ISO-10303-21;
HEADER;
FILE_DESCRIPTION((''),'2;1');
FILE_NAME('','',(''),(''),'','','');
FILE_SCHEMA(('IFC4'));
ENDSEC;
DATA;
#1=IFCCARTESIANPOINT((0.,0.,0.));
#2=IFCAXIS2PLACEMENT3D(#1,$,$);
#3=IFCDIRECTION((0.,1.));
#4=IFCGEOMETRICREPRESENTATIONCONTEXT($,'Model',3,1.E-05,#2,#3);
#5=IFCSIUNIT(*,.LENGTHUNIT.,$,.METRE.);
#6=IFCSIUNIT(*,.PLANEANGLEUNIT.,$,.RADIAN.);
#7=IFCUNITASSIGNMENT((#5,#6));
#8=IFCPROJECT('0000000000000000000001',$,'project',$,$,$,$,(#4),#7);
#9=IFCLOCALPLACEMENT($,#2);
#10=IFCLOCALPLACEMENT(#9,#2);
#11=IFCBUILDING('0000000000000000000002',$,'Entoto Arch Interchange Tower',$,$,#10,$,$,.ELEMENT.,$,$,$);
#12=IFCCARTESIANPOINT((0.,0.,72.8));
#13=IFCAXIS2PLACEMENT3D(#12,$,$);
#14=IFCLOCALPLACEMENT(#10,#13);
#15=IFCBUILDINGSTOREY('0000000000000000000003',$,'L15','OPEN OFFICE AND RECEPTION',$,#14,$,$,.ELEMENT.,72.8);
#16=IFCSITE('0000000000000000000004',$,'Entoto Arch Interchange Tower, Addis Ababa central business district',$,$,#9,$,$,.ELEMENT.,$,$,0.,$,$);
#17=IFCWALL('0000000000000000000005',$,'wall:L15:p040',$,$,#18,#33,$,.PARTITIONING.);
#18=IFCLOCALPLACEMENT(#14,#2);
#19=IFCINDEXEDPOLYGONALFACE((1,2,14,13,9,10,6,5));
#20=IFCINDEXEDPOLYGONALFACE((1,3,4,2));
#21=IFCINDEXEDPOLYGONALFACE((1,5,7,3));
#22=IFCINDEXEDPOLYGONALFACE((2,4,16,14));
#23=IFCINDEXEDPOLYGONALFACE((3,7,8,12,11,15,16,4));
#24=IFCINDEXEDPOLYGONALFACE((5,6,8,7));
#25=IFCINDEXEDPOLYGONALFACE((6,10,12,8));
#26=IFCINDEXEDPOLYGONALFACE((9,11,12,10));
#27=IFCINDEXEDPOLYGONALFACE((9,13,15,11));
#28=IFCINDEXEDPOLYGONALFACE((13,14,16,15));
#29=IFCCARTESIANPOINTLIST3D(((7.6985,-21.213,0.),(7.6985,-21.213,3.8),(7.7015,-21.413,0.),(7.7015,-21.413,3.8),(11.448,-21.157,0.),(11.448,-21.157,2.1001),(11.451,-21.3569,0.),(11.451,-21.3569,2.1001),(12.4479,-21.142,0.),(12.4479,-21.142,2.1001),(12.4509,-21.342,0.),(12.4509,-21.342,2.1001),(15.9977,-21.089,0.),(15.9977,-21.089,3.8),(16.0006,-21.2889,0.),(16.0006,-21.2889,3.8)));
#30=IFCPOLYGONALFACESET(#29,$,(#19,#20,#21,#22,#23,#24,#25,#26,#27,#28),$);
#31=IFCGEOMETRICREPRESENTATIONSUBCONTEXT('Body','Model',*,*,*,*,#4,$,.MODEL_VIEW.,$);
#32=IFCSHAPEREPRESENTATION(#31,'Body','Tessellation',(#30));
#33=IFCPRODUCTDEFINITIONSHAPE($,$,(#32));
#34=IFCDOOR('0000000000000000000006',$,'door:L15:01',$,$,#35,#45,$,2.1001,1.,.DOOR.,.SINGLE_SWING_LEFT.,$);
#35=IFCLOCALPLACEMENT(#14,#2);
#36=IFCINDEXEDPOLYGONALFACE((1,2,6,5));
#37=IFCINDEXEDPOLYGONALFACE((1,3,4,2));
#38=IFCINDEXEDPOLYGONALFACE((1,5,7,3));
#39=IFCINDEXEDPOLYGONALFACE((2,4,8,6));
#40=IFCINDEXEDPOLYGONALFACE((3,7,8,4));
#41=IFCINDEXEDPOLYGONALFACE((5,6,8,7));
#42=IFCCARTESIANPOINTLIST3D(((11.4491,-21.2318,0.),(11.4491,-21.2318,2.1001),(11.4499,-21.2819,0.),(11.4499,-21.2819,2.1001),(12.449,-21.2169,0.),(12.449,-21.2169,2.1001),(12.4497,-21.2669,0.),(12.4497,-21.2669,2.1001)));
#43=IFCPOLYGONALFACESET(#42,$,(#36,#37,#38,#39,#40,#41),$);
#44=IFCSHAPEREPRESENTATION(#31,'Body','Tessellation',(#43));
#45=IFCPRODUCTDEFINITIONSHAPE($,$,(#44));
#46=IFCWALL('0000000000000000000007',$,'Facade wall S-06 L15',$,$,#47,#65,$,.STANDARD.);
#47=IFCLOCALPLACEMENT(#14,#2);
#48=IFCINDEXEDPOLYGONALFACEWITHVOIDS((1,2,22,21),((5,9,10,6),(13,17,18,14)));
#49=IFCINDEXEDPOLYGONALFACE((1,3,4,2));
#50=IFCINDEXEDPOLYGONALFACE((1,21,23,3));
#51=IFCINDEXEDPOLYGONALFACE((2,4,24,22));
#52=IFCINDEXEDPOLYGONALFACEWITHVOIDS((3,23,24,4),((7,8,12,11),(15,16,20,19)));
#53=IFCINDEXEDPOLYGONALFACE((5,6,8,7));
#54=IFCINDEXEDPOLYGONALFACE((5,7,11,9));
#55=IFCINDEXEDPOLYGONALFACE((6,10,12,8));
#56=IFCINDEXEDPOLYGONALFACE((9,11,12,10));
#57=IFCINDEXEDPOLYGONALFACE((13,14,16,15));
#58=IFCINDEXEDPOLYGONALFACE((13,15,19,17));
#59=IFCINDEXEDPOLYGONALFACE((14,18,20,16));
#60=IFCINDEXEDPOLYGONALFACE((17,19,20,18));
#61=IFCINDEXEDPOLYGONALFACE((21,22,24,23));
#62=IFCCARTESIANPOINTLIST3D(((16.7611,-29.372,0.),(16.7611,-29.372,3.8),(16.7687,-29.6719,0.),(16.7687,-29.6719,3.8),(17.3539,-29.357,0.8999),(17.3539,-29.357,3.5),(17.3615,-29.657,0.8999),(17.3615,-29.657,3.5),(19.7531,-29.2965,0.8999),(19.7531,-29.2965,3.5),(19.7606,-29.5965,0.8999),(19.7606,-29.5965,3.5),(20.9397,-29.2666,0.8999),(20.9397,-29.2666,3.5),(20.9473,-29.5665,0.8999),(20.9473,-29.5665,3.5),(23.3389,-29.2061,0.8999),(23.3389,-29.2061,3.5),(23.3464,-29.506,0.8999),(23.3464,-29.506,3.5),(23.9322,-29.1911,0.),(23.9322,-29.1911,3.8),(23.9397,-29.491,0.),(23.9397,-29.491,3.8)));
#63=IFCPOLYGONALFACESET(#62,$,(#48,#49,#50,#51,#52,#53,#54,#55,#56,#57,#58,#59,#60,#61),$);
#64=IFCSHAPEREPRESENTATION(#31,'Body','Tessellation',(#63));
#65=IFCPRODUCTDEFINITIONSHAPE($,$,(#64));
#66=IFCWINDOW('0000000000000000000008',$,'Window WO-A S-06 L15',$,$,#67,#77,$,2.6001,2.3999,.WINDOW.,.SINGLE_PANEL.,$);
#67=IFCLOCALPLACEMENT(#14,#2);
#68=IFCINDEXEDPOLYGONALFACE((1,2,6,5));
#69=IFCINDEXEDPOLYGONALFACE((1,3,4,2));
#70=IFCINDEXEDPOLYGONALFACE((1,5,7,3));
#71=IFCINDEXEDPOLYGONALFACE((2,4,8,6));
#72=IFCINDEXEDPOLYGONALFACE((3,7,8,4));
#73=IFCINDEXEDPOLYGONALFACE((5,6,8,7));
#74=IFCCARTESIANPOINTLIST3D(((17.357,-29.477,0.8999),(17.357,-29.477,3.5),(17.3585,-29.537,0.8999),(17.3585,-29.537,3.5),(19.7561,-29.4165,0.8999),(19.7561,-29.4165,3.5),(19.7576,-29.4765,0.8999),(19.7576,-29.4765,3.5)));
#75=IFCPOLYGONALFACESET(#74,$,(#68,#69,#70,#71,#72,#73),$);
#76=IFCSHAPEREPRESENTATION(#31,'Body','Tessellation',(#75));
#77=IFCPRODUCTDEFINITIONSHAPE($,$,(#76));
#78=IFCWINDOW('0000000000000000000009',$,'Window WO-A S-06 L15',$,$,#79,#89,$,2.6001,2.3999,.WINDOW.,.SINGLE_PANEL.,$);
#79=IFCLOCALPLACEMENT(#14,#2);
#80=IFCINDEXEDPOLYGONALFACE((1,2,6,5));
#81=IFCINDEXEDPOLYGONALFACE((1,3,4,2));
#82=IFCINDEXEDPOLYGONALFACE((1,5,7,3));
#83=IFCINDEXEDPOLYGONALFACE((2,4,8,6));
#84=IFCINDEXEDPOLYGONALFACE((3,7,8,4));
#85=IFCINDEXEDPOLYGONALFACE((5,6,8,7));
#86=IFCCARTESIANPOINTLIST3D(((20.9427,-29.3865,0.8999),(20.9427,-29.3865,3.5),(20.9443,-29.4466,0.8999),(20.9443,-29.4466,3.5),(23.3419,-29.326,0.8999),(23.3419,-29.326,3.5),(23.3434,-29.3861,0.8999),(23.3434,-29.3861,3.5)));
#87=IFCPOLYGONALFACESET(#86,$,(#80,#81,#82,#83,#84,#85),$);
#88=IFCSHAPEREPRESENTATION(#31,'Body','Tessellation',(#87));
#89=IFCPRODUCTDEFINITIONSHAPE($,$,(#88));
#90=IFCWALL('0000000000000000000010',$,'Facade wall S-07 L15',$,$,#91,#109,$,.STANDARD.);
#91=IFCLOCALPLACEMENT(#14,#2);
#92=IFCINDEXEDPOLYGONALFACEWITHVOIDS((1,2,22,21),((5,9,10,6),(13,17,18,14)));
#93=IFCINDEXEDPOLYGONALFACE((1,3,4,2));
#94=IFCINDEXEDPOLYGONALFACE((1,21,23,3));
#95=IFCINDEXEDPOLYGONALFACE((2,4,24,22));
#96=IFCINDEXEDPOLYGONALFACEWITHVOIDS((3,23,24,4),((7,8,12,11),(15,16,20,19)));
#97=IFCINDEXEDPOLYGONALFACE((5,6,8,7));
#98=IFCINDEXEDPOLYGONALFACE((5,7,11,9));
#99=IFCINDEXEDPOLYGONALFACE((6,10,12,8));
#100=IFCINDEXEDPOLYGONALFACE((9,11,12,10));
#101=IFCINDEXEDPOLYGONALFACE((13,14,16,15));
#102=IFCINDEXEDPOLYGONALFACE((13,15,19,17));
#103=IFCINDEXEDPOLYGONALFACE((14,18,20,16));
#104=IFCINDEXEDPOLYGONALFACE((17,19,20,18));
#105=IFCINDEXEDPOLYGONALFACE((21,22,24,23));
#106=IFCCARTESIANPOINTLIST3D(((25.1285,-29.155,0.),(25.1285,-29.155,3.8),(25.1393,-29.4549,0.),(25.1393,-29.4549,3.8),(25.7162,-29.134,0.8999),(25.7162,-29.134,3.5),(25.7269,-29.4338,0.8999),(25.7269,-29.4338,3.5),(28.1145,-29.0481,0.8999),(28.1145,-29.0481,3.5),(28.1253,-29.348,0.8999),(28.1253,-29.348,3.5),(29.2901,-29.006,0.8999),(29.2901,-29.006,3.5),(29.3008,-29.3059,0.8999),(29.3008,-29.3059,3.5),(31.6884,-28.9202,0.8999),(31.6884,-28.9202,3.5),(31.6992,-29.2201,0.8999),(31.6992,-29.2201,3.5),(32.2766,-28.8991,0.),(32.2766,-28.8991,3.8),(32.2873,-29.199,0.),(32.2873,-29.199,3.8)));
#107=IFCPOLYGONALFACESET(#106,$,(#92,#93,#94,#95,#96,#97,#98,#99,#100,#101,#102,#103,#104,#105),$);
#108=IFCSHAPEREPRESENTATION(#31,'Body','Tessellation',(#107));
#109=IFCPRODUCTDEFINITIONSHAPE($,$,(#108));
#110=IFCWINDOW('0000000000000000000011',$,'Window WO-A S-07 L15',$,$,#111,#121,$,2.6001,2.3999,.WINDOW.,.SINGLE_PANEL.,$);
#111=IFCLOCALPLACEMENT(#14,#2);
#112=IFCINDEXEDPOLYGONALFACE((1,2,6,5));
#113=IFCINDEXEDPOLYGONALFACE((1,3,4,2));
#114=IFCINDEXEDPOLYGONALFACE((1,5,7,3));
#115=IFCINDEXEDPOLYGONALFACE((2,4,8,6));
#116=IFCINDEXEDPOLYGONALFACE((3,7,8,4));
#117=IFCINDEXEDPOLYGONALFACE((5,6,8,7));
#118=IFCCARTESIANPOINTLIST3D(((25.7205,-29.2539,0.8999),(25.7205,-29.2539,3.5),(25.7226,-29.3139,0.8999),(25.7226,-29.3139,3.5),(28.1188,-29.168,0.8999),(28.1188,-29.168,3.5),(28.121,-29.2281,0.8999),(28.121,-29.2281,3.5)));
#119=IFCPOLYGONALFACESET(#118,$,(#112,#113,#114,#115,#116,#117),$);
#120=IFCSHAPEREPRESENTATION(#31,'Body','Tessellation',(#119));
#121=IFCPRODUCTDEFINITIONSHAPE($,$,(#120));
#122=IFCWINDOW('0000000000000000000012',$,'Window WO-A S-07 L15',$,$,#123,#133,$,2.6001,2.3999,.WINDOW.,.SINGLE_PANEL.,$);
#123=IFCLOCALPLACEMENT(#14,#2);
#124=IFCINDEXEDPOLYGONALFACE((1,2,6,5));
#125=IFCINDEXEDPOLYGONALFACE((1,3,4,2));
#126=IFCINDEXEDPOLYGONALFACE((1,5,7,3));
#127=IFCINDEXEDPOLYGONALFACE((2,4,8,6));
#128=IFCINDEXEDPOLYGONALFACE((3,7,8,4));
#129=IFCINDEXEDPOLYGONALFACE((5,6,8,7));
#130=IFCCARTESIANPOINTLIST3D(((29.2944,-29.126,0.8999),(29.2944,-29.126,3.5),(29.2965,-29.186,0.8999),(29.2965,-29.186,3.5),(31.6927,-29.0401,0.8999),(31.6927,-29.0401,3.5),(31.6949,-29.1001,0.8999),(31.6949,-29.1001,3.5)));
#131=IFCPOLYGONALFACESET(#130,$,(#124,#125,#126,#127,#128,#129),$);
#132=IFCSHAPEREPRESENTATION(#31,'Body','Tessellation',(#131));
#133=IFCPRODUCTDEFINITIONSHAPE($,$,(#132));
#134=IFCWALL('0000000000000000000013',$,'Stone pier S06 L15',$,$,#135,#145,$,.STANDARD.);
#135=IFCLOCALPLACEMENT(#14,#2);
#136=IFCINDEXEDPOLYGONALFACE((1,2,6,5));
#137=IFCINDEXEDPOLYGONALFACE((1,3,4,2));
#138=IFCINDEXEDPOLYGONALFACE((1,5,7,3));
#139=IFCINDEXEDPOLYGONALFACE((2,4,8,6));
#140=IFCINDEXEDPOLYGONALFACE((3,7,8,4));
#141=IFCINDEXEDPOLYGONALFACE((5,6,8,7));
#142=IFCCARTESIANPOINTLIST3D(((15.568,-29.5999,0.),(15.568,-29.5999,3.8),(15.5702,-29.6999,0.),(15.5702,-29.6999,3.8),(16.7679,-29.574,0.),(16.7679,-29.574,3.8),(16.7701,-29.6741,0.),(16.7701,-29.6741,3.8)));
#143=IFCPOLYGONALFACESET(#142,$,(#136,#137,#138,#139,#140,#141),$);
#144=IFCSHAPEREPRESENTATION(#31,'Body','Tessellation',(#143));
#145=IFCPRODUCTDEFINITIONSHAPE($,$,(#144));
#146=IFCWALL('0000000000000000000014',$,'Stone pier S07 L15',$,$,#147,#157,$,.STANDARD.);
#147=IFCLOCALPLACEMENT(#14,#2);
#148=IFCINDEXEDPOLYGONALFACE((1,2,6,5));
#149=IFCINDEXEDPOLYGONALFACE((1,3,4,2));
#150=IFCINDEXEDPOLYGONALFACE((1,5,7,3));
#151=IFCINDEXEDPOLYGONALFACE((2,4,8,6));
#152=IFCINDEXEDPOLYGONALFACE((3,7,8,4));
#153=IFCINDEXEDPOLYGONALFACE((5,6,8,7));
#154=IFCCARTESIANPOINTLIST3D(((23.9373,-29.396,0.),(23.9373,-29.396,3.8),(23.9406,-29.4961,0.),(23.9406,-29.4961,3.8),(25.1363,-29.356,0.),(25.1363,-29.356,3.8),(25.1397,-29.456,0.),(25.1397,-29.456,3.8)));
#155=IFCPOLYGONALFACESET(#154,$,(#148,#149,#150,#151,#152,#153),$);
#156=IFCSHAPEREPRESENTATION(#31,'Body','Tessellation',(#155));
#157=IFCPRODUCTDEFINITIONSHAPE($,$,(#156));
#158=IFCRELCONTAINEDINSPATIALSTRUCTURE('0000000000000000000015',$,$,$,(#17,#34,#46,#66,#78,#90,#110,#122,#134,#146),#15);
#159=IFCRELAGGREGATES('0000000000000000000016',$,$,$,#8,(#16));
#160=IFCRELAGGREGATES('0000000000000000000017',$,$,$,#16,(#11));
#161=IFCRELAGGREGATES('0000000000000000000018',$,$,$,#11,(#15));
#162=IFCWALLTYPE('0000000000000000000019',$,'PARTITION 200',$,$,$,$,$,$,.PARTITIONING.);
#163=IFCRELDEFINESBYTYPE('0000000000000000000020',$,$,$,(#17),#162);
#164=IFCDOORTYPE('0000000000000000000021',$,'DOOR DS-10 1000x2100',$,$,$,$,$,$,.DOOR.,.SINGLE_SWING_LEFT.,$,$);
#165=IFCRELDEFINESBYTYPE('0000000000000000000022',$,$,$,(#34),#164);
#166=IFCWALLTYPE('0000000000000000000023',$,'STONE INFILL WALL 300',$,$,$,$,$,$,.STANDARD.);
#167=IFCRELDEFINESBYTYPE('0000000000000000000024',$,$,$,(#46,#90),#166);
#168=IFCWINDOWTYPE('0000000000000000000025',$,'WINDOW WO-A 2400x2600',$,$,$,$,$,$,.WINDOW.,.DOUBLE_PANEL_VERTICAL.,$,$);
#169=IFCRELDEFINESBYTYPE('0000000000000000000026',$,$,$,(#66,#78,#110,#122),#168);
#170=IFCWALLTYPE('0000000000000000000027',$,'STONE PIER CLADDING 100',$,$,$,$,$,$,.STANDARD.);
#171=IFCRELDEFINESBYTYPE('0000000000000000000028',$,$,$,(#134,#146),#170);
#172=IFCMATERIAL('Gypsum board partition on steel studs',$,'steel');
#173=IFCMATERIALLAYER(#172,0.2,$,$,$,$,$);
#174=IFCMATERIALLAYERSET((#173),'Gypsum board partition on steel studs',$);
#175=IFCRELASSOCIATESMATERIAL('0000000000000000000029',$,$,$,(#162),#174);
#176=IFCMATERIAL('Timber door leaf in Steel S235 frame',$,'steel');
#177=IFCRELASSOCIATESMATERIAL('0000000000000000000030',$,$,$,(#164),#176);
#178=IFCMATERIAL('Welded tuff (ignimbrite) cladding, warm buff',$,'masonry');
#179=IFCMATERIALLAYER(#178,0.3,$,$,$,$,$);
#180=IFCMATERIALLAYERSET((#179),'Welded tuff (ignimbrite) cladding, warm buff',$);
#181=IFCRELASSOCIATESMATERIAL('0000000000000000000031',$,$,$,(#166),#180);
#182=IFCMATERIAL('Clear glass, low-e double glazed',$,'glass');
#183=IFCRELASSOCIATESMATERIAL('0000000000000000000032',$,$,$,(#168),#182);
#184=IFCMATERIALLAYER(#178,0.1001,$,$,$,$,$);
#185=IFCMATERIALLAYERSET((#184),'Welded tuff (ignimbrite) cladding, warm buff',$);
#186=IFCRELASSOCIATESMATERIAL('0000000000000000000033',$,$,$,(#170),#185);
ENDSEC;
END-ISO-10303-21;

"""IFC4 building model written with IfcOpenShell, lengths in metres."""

from ifc_helpers import new_model, si_unit, direction, frame, frame_2d, origin, place, context, subcontext, project, spatial, rectangle, extrude, material, layer, layer_set, type_object, element, fill, save


model = new_model("IFC4")

# Units and contexts
model_context = context("Model", 3, precision=1e-05, world=origin(), true_north=direction((0.0, 1.0)))
body_context = subcontext(model_context, "Body", "Model", "MODEL_VIEW")
ifc_project = project(units=[si_unit("LENGTHUNIT", "METRE"), si_unit("PLANEANGLEUNIT", "RADIAN")], contexts=[model_context])

# Site, building, storey
site_placement = place(None, origin())
site = spatial("IfcSite", under=ifc_project, at=site_placement, Name="Entoto Arch Interchange Tower, Addis Ababa central business district", CompositionType="ELEMENT", RefElevation=0.0)
building_placement = place(site_placement, origin())
building = spatial("IfcBuilding", under=site, at=building_placement, Name="Entoto Arch Interchange Tower", CompositionType="ELEMENT")
storey_placement = place(building_placement, frame((0.0, 0.0, 72.8)))
storey = spatial("IfcBuildingStorey", under=building, at=storey_placement, Name="L15", Description="OPEN OFFICE AND RECEPTION", CompositionType="ELEMENT", Elevation=72.8)

# Shared definitions
ifc_material_1 = material(Name="Gypsum board partition on steel studs", Category="steel")
ifc_layer_1 = layer(ifc_material_1, 0.2)
ifc_layer_set_1 = layer_set([ifc_layer_1], Name="Gypsum board partition on steel studs")
wall_type_1 = type_object("IfcWallType", Name="PARTITION 200", PredefinedType="PARTITIONING", material=ifc_layer_set_1)

# Shared definitions
ifc_material_2 = material(Name="Timber door leaf in Steel S235 frame", Category="steel")
door_type = type_object("IfcDoorType", Name="DOOR DS-10 1000x2100", OperationType="SINGLE_SWING_LEFT", PredefinedType="DOOR", material=ifc_material_2)

# Wall, opening, door
wall_1_placement = place(storey_placement, frame((15.999, -21.189, 0.0), z_axis=(0.0, 0.0, 1.0), x_axis=(-0.999888, -0.014943, 0.0)))
wall_1 = element("IfcWall", 1, at=wall_1_placement, inside=storey, type_object=wall_type_1, Name="wall:L15:p040", PredefinedType="PARTITIONING", context=body_context, shape_type="SweptSolid", body=[
    extrude(rectangle(XDim=8.3, YDim=0.2, at=frame_2d((4.1499, 0.0))), origin(), (0.0, 0.0, 1.0), 3.8),
])
opening_1_placement = place(wall_1_placement, frame((3.55, 0.0, 0.0)))
opening_1 = element("IfcOpeningElement", 2, at=opening_1_placement, cuts=wall_1, PredefinedType="OPENING", context=body_context, shape_type="SweptSolid", body=[
    extrude(rectangle(XDim=1.0, YDim=2.1001, at=frame_2d((0.5, 1.05))), frame((0.0, 0.1099, 0.0), z_axis=(0.0, -1.0, 0.0), x_axis=(1.0, 0.0, 0.0)), (0.0, 0.0, 1.0), 0.22),
])
door_1_placement = place(opening_1_placement, origin())
door_1 = element("IfcDoor", 3, at=door_1_placement, inside=storey, type_object=door_type, Name="door:L15:01", OperationType="SINGLE_SWING_LEFT", OverallHeight=2.1001, OverallWidth=1.0, PredefinedType="DOOR", context=body_context, shape_type="SweptSolid", body=[
    extrude(rectangle(XDim=1.0, YDim=2.1001, at=frame_2d((0.5, 1.05))), frame((0.0, 0.0249, 0.0), z_axis=(0.0, -1.0, 0.0), x_axis=(1.0, 0.0, 0.0)), (0.0, 0.0, 1.0), 0.05),
])
fill(opening_1, door_1)

# Walls, openings, windows
ifc_material_3 = material(Name="Welded tuff (ignimbrite) cladding, warm buff", Category="masonry")
ifc_layer_2 = layer(ifc_material_3, 0.3)
ifc_layer_set_2 = layer_set([ifc_layer_2], Name="Welded tuff (ignimbrite) cladding, warm buff")
wall_type_2 = type_object("IfcWallType", Name="STONE INFILL WALL 300", PredefinedType="STANDARD", material=ifc_layer_set_2)
wall_2_placement = place(storey_placement, frame((16.7649, -29.522, 0.0), z_axis=(0.0, 0.0, 1.0), x_axis=(0.999682, 0.025219, 0.0)))
wall_2 = element("IfcWall", 4, at=wall_2_placement, inside=storey, type_object=wall_type_2, Name="Facade wall S-06 L15", PredefinedType="STANDARD", context=body_context, shape_type="SweptSolid", body=[
    extrude(rectangle(XDim=7.1733, YDim=0.3, at=frame_2d((3.5867, 0.0))), origin(), (0.0, 0.0, 1.0), 3.8),
])
opening_2_placement = place(wall_2_placement, frame((0.593, 0.0, 0.8999)))
opening_2 = element("IfcOpeningElement", 5, at=opening_2_placement, cuts=wall_2, PredefinedType="OPENING", context=body_context, shape_type="SweptSolid", body=[
    extrude(rectangle(XDim=2.3999, YDim=2.6001, at=frame_2d((1.2, 1.3))), frame((0.0, 0.1602, 0.0), z_axis=(0.0, -1.0, 0.0), x_axis=(1.0, 0.0, 0.0)), (0.0, 0.0, 1.0), 0.3201),
])
opening_3_placement = place(wall_2_placement, frame((4.1799, 0.0, 0.8999)))
opening_3 = element("IfcOpeningElement", 6, at=opening_3_placement, cuts=wall_2, PredefinedType="OPENING", context=body_context, shape_type="SweptSolid", body=[
    extrude(rectangle(XDim=2.3999, YDim=2.6001, at=frame_2d((1.2, 1.3))), frame((0.0, 0.1602, 0.0), z_axis=(0.0, -1.0, 0.0), x_axis=(1.0, 0.0, 0.0)), (0.0, 0.0, 1.0), 0.3201),
])
ifc_material_4 = material(Name="Clear glass, low-e double glazed", Category="glass")
window_type = type_object("IfcWindowType", Name="WINDOW WO-A 2400x2600", PartitioningType="DOUBLE_PANEL_VERTICAL", PredefinedType="WINDOW", material=ifc_material_4)
window_1_placement = place(opening_2_placement, origin())
window_1 = element("IfcWindow", 7, at=window_1_placement, inside=storey, type_object=window_type, Name="Window WO-A S-06 L15", OverallHeight=2.6001, OverallWidth=2.3999, PartitioningType="SINGLE_PANEL", PredefinedType="WINDOW", context=body_context, shape_type="SweptSolid", body=[
    extrude(rectangle(XDim=2.3999, YDim=2.6001, at=frame_2d((1.2, 1.3))), frame((0.0, 0.03, 0.0), z_axis=(0.0, -1.0, 0.0), x_axis=(1.0, 0.0, 0.0)), (0.0, 0.0, 1.0), 0.0601),
])
fill(opening_2, window_1)
window_2_placement = place(opening_3_placement, origin())
window_2 = element("IfcWindow", 8, at=window_2_placement, inside=storey, type_object=window_type, Name="Window WO-A S-06 L15", OverallHeight=2.6001, OverallWidth=2.3999, PartitioningType="SINGLE_PANEL", PredefinedType="WINDOW", context=body_context, shape_type="SweptSolid", body=[
    extrude(rectangle(XDim=2.3999, YDim=2.6001, at=frame_2d((1.2, 1.3))), frame((0.0, 0.03, 0.0), z_axis=(0.0, -1.0, 0.0), x_axis=(1.0, 0.0, 0.0)), (0.0, 0.0, 1.0), 0.0601),
])
fill(opening_3, window_2)
wall_3_placement = place(storey_placement, frame((25.134, -29.3049, 0.0), z_axis=(0.0, 0.0, 1.0), x_axis=(0.99936, 0.035772, 0.0)))
wall_3 = element("IfcWall", 9, at=wall_3_placement, inside=storey, type_object=wall_type_2, Name="Facade wall S-07 L15", PredefinedType="STANDARD", context=body_context, shape_type="SweptSolid", body=[
    extrude(rectangle(XDim=7.1526, YDim=0.3, at=frame_2d((3.5762, 0.0))), origin(), (0.0, 0.0, 1.0), 3.8),
])
opening_4_placement = place(wall_3_placement, frame((0.5879, 0.0, 0.8999)))
opening_4 = element("IfcOpeningElement", 10, at=opening_4_placement, cuts=wall_3, PredefinedType="OPENING", context=body_context, shape_type="SweptSolid", body=[
    extrude(rectangle(XDim=2.3999, YDim=2.6001, at=frame_2d((1.2, 1.3))), frame((0.0, 0.1602, 0.0), z_axis=(0.0, -1.0, 0.0), x_axis=(1.0, 0.0, 0.0)), (0.0, 0.0, 1.0), 0.3201),
])
opening_5_placement = place(wall_3_placement, frame((4.1641, 0.0, 0.8999)))
opening_5 = element("IfcOpeningElement", 11, at=opening_5_placement, cuts=wall_3, PredefinedType="OPENING", context=body_context, shape_type="SweptSolid", body=[
    extrude(rectangle(XDim=2.3999, YDim=2.6001, at=frame_2d((1.2, 1.3))), frame((0.0, 0.1602, 0.0), z_axis=(0.0, -1.0, 0.0), x_axis=(1.0, 0.0, 0.0)), (0.0, 0.0, 1.0), 0.3201),
])
window_3_placement = place(opening_4_placement, origin())
window_3 = element("IfcWindow", 12, at=window_3_placement, inside=storey, type_object=window_type, Name="Window WO-A S-07 L15", OverallHeight=2.6001, OverallWidth=2.3999, PartitioningType="SINGLE_PANEL", PredefinedType="WINDOW", context=body_context, shape_type="SweptSolid", body=[
    extrude(rectangle(XDim=2.3999, YDim=2.6001, at=frame_2d((1.2, 1.3))), frame((0.0, 0.03, 0.0), z_axis=(0.0, -1.0, 0.0), x_axis=(1.0, 0.0, 0.0)), (0.0, 0.0, 1.0), 0.0601),
])
fill(opening_4, window_3)
window_4_placement = place(opening_5_placement, origin())
window_4 = element("IfcWindow", 13, at=window_4_placement, inside=storey, type_object=window_type, Name="Window WO-A S-07 L15", OverallHeight=2.6001, OverallWidth=2.3999, PartitioningType="SINGLE_PANEL", PredefinedType="WINDOW", context=body_context, shape_type="SweptSolid", body=[
    extrude(rectangle(XDim=2.3999, YDim=2.6001, at=frame_2d((1.2, 1.3))), frame((0.0, 0.03, 0.0), z_axis=(0.0, -1.0, 0.0), x_axis=(1.0, 0.0, 0.0)), (0.0, 0.0, 1.0), 0.0601),
])
fill(opening_5, window_4)

# Walls
ifc_layer_3 = layer(ifc_material_3, 0.1001)
ifc_layer_set_3 = layer_set([ifc_layer_3], Name="Welded tuff (ignimbrite) cladding, warm buff")
wall_type_3 = type_object("IfcWallType", Name="STONE PIER CLADDING 100", PredefinedType="STANDARD", material=ifc_layer_set_3)
wall_4_placement = place(storey_placement, frame((15.5691, -29.6499, 0.0), z_axis=(0.0, 0.0, 1.0), x_axis=(0.999768, 0.021562, 0.0)))
element("IfcWall", 14, at=wall_4_placement, inside=storey, type_object=wall_type_3, Name="Stone pier S06 L15", PredefinedType="STANDARD", context=body_context, shape_type="SweptSolid", body=[
    extrude(rectangle(XDim=1.2002, YDim=0.1001, at=frame_2d((0.6001, 0.0))), origin(), (0.0, 0.0, 1.0), 3.8),
])
wall_5_placement = place(storey_placement, frame((23.939, -29.446, 0.0), z_axis=(0.0, 0.0, 1.0), x_axis=(0.999443, 0.033376, 0.0)))
element("IfcWall", 15, at=wall_5_placement, inside=storey, type_object=wall_type_3, Name="Stone pier S07 L15", PredefinedType="STANDARD", context=body_context, shape_type="SweptSolid", body=[
    extrude(rectangle(XDim=1.1997, YDim=0.1001, at=frame_2d((0.5999, 0.0))), origin(), (0.0, 0.0, 1.0), 3.8),
])

save(model, "model.ifc")
